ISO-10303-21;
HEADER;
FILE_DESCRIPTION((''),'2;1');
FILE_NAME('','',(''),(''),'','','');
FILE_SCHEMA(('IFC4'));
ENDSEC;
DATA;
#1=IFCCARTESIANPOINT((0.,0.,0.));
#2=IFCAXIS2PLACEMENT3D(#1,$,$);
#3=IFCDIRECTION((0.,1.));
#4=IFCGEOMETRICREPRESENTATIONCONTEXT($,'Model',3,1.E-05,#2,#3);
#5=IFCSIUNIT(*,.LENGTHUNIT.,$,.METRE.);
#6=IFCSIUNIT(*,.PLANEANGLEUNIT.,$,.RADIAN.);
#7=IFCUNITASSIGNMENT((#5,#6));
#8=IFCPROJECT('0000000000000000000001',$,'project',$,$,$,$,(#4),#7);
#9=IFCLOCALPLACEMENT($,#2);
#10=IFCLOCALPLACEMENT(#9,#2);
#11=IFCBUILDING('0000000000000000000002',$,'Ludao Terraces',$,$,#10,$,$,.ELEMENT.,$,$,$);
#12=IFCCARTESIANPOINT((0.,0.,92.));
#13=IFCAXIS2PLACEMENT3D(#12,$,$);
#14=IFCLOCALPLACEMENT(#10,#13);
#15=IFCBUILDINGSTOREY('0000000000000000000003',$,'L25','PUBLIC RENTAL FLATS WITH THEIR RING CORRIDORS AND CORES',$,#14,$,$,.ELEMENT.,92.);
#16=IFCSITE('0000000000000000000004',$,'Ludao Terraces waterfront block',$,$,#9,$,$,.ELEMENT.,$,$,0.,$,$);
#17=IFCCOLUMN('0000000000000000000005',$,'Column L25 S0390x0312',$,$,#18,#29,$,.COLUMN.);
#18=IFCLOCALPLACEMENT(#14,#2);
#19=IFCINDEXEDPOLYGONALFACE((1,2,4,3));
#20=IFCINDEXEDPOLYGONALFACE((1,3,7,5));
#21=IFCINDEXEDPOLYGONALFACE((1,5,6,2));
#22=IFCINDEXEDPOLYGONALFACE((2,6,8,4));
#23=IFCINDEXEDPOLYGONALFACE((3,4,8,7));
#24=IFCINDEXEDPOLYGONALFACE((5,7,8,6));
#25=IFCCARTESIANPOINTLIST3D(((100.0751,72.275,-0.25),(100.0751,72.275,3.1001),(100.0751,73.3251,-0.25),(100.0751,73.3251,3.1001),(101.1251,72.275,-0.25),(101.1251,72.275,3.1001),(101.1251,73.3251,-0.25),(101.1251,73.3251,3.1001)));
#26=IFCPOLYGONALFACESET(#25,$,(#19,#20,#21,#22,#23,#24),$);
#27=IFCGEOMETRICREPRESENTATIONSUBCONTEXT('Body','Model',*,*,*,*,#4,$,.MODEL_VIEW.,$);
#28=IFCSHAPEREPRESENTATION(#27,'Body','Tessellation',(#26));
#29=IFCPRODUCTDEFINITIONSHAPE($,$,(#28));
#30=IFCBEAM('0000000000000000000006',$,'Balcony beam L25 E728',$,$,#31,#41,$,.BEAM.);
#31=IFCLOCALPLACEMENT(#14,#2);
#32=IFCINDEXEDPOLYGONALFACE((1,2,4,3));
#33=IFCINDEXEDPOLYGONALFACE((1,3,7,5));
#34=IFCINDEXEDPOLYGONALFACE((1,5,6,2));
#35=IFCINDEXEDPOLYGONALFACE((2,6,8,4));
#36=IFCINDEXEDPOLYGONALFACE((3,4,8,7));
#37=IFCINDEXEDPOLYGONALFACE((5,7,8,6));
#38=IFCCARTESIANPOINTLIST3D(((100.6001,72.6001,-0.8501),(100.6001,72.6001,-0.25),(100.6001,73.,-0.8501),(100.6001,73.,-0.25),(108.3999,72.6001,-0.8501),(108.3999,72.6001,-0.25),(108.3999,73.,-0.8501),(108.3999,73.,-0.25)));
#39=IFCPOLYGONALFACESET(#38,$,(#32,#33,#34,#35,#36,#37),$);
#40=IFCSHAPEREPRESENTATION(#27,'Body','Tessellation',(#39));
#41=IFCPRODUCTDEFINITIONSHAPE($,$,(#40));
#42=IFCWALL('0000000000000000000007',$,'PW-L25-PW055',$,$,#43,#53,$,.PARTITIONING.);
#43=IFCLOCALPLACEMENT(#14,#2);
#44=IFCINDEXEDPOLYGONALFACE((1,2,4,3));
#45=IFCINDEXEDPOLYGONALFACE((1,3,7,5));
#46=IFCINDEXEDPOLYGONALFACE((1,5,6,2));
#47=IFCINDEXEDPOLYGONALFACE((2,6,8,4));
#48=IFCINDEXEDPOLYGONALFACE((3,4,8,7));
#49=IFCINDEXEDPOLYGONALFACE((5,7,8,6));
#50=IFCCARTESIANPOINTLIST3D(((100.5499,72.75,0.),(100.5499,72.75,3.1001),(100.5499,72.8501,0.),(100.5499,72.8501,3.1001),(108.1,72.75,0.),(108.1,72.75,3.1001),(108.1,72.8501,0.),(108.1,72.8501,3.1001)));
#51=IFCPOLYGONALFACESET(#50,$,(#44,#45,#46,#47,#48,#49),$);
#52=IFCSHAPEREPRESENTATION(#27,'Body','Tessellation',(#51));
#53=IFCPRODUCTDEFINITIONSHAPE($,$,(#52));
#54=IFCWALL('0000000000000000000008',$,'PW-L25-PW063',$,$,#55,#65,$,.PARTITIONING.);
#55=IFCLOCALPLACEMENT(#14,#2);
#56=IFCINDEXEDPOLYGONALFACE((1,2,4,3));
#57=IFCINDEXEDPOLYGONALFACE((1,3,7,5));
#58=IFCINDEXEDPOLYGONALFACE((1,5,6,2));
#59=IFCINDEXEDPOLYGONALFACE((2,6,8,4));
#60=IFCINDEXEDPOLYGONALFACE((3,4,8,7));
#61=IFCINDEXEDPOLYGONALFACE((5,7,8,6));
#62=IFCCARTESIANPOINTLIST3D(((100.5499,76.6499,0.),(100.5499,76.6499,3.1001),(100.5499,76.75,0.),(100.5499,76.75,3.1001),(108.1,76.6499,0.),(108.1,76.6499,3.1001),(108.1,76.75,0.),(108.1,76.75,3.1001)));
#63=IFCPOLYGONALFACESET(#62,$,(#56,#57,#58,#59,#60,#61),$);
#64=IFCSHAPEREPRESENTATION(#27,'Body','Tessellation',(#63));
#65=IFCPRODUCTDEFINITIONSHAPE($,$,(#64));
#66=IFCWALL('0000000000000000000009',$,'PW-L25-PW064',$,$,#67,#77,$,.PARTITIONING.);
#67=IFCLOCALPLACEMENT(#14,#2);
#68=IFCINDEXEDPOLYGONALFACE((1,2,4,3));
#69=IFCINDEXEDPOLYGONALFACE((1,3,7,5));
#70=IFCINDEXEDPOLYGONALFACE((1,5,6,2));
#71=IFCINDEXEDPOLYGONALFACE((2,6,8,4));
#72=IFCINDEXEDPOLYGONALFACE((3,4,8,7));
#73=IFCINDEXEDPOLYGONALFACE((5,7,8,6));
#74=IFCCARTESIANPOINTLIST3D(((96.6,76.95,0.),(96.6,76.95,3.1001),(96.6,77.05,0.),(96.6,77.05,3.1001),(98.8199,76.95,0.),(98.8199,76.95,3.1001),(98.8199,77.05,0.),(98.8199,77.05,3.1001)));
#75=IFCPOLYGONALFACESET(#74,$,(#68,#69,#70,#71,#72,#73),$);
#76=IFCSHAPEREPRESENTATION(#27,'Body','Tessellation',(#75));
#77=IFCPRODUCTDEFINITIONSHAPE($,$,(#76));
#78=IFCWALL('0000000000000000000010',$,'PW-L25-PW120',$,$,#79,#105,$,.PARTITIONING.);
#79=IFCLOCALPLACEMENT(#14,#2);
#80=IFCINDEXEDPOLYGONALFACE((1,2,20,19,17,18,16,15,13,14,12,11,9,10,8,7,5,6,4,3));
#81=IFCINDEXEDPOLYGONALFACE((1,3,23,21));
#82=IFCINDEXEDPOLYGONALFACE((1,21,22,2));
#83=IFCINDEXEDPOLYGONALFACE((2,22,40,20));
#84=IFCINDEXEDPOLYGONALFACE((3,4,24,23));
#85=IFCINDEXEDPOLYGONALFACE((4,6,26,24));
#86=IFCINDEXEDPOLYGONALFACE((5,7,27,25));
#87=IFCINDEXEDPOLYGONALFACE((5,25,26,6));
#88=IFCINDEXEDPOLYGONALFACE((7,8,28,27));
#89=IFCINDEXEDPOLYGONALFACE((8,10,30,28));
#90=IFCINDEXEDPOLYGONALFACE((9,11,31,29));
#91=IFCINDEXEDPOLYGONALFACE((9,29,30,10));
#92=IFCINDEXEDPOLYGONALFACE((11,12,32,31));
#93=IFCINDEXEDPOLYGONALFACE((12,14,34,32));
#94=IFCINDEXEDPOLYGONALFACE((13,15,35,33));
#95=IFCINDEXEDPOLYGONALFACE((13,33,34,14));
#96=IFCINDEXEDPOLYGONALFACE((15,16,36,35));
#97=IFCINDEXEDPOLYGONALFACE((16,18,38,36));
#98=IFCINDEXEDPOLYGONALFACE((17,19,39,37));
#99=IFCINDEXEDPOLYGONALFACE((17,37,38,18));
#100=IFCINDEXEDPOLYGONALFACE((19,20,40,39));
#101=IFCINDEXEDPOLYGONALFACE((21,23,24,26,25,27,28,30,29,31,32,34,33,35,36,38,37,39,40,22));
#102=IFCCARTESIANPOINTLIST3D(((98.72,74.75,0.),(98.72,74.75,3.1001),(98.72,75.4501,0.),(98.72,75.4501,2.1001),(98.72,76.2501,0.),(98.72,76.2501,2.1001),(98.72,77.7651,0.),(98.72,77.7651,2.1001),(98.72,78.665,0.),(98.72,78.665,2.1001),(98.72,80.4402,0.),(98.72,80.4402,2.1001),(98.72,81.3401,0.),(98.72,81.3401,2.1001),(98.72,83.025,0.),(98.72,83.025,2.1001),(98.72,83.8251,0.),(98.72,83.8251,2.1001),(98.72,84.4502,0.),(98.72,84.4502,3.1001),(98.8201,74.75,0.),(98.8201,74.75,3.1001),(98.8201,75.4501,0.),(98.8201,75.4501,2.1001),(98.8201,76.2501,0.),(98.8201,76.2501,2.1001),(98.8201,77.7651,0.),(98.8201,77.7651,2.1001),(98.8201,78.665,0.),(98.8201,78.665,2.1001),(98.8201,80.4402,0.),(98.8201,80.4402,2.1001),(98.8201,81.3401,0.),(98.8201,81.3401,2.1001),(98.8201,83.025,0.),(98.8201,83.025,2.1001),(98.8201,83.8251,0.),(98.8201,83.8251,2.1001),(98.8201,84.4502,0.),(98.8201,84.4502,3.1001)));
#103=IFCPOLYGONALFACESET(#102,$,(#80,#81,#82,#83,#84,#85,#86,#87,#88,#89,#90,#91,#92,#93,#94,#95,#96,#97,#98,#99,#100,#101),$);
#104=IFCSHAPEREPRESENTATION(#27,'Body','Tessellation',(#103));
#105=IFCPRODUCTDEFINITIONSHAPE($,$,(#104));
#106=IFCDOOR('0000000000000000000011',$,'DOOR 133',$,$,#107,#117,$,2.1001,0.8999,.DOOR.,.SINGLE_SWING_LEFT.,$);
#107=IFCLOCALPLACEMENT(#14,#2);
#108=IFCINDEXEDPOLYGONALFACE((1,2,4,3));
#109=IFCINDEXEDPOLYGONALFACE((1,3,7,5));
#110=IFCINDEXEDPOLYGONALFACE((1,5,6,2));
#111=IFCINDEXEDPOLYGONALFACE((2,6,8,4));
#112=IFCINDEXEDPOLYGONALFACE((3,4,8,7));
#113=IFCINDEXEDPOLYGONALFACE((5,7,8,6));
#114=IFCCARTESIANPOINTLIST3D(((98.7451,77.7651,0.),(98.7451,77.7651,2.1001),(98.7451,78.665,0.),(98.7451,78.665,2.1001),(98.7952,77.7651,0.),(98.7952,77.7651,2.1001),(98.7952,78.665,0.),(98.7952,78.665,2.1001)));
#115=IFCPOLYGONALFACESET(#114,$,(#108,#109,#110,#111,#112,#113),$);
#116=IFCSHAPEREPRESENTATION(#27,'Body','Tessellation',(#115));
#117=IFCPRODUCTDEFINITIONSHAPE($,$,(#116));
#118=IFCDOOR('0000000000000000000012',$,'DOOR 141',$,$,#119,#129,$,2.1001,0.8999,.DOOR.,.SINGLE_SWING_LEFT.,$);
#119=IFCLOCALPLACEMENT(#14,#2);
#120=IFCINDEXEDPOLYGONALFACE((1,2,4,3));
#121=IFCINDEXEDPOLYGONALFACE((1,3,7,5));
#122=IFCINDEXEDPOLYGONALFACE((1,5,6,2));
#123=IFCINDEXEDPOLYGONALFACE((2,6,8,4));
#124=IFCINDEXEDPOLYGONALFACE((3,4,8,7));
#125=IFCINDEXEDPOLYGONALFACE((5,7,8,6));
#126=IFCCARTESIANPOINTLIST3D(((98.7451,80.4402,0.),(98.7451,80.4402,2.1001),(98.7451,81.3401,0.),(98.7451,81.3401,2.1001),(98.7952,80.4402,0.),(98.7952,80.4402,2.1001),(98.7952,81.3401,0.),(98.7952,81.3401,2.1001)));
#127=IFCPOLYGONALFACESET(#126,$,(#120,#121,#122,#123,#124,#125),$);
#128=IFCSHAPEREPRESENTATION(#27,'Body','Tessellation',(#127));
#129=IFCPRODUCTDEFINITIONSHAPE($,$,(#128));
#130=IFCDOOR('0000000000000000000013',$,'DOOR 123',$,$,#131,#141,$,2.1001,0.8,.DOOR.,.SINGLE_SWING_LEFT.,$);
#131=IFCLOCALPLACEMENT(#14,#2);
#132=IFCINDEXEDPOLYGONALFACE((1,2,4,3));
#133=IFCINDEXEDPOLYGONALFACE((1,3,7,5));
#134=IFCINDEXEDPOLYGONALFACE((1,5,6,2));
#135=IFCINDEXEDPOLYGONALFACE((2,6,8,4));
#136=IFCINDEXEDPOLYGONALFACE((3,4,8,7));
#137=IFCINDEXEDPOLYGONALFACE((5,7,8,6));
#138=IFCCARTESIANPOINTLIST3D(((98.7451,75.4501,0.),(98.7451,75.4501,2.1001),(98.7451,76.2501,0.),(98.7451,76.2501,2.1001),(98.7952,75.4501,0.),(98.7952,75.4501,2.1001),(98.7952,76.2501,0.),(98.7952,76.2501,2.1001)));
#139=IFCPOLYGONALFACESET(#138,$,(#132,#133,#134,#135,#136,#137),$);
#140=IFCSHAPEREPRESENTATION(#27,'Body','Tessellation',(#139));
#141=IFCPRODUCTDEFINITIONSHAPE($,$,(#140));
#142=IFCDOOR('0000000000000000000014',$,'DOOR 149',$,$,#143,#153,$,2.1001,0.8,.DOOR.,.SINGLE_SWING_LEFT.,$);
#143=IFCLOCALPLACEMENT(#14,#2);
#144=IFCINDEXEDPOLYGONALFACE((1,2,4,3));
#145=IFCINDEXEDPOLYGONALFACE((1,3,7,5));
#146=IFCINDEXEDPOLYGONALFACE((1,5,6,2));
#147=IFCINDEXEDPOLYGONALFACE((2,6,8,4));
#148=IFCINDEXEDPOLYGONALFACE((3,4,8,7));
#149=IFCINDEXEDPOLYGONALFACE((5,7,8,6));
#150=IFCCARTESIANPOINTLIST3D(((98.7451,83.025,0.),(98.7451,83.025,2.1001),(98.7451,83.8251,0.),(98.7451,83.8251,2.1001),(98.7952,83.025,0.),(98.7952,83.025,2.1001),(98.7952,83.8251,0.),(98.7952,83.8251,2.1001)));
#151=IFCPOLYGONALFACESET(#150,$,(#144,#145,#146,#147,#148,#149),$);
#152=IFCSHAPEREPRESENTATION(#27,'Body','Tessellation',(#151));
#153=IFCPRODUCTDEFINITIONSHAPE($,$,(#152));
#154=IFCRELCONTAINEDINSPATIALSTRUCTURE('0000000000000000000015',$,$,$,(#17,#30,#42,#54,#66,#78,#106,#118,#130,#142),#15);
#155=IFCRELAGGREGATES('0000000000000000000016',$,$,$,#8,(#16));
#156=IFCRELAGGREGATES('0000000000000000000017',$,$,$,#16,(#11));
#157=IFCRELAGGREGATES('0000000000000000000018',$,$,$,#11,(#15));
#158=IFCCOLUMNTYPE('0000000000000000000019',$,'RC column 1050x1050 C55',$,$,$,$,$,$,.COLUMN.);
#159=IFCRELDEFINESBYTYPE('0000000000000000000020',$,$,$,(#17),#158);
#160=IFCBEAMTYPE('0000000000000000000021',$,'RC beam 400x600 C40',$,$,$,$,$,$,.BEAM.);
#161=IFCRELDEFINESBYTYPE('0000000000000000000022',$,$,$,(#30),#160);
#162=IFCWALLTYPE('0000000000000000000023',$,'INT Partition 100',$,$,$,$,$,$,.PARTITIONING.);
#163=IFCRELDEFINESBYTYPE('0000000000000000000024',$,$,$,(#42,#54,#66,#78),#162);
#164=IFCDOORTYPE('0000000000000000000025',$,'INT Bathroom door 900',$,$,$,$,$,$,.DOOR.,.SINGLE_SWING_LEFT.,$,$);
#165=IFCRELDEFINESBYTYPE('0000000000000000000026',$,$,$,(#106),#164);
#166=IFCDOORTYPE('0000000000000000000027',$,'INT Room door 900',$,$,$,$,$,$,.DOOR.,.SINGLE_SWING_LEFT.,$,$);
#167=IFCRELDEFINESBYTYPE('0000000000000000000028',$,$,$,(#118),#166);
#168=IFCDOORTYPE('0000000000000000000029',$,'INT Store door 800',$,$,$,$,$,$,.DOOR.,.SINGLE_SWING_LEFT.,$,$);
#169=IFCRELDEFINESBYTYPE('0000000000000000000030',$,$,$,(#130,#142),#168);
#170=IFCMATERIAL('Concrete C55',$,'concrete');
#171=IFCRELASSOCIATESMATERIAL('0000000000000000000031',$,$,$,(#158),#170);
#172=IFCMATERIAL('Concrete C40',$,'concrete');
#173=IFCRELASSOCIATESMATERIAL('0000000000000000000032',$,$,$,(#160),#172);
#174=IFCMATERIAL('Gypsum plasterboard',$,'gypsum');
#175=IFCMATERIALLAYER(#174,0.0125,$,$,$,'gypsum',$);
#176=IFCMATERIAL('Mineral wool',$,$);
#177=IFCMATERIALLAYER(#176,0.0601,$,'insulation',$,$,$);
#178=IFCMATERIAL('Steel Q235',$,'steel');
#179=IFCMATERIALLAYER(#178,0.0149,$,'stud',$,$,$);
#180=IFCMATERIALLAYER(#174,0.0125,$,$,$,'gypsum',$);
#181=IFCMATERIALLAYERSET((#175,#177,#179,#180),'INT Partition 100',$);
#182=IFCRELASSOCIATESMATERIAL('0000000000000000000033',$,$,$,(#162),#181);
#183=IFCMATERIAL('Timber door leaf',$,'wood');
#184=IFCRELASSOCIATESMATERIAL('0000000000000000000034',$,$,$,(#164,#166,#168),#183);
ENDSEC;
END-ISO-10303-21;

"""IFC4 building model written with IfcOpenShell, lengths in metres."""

from ifc_helpers import new_model, si_unit, direction, frame, frame_2d, origin, origin_2d, place, context, subcontext, project, spatial, rectangle, extrude, material, layer, layer_set, material_profile, profile_set, type_object, element, fill, save


model = new_model("IFC4")

# Units and contexts
model_context = context("Model", 3, precision=1e-05, world=origin(), true_north=direction((0.0, 1.0)))
body_context = subcontext(model_context, "Body", "Model", "MODEL_VIEW")
ifc_project = project(units=[si_unit("LENGTHUNIT", "METRE"), si_unit("PLANEANGLEUNIT", "RADIAN")], contexts=[model_context])

# Site, building, storey
site_placement = place(None, origin())
site = spatial("IfcSite", under=ifc_project, at=site_placement, Name="Ludao Terraces waterfront block", CompositionType="ELEMENT", RefElevation=0.0)
building_placement = place(site_placement, origin())
building = spatial("IfcBuilding", under=site, at=building_placement, Name="Ludao Terraces", CompositionType="ELEMENT")
storey_placement = place(building_placement, frame((0.0, 0.0, 92.0)))
storey = spatial("IfcBuildingStorey", under=building, at=storey_placement, Name="L25", Description="PUBLIC RENTAL FLATS WITH THEIR RING CORRIDORS AND CORES", CompositionType="ELEMENT", Elevation=92.0)

# Column
ifc_material_1 = material(Name="Concrete C55", Category="concrete")
ifc_material_profile_1 = material_profile(ifc_material_1, rectangle(XDim=1.05, YDim=1.05, at=origin_2d()), Name="1050 X 1050")
ifc_profile_set_1 = profile_set([ifc_material_profile_1], Name="Concrete C55")
column_type = type_object("IfcColumnType", Name="RC column 1050x1050 C55", PredefinedType="COLUMN", material=ifc_profile_set_1)
column_placement = place(storey_placement, frame((100.6001, 72.8, -0.25), z_axis=(0.0, 0.0, 1.0), x_axis=(1.0, 0.0, 0.0)))
element("IfcColumn", 1, at=column_placement, inside=storey, type_object=column_type, Name="Column L25 S0390x0312", PredefinedType="COLUMN", context=body_context, shape_type="SweptSolid", body=[
    extrude(rectangle(XDim=1.05, YDim=1.05, at=origin_2d()), origin(), (0.0, 0.0, 1.0), 3.3501),
])

# Beam
ifc_material_2 = material(Name="Concrete C40", Category="concrete")
ifc_material_profile_2 = material_profile(ifc_material_2, rectangle(XDim=0.3999, YDim=0.6001, at=origin_2d()), Name="400 X 600")
ifc_profile_set_2 = profile_set([ifc_material_profile_2], Name="Concrete C40")
beam_type = type_object("IfcBeamType", Name="RC beam 400x600 C40", PredefinedType="BEAM", material=ifc_profile_set_2)
beam_placement = place(storey_placement, frame((100.6001, 72.8, -0.55), z_axis=(1.0, 0.0, 0.0), x_axis=(0.0, 1.0, 0.0)))
element("IfcBeam", 2, at=beam_placement, inside=storey, type_object=beam_type, Name="Balcony beam L25 E728", PredefinedType="BEAM", context=body_context, shape_type="SweptSolid", body=[
    extrude(rectangle(XDim=0.3999, YDim=0.6001, at=origin_2d()), origin(), (0.0, 0.0, 1.0), 7.7998),
])

# Shared definitions
ifc_material_3 = material(Name="Mineral wool")

# Walls
ifc_material_4 = material(Name="Gypsum plasterboard", Category="gypsum")
ifc_layer_1 = layer(ifc_material_4, 0.0125, Category="gypsum")
ifc_layer_2 = layer(ifc_material_3, 0.0601, Name="insulation")
ifc_material_5 = material(Name="Steel Q235", Category="steel")
ifc_layer_3 = layer(ifc_material_5, 0.0149, Name="stud")
ifc_layer_4 = layer(ifc_material_4, 0.0125, Category="gypsum")
ifc_layer_set_1 = layer_set([ifc_layer_1, ifc_layer_2, ifc_layer_3, ifc_layer_4], Name="INT Partition 100")
wall_type_1 = type_object("IfcWallType", Name="INT Partition 100", PredefinedType="PARTITIONING", material=ifc_layer_set_1)
for number, where, z_axis, x_axis, name in (
    (3, (100.55, 72.8, 0.0), (0.0, 0.0, 1.0), (1.0, 0.0, 0.0), "PW-L25-PW055"),
    (4, (100.55, 76.7, 0.0), (0.0, 0.0, 1.0), (1.0, 0.0, 0.0), "PW-L25-PW063"),
):
    element("IfcWall", number, at=place(storey_placement, frame(where, z_axis=z_axis, x_axis=x_axis)), inside=storey, type_object=wall_type_1, Name=name, PredefinedType="PARTITIONING", context=body_context, shape_type="SweptSolid", body=[
        extrude(rectangle(XDim=7.55, YDim=0.1001, at=frame_2d((3.7749, 0.0))), origin(), (0.0, 0.0, 1.0), 3.1001),
    ])
wall_1_placement = place(storey_placement, frame((96.6001, 77.0, 0.0), z_axis=(0.0, 0.0, 1.0), x_axis=(1.0, 0.0, 0.0)))
element("IfcWall", 5, at=wall_1_placement, inside=storey, type_object=wall_type_1, Name="PW-L25-PW064", PredefinedType="PARTITIONING", context=body_context, shape_type="SweptSolid", body=[
    extrude(rectangle(XDim=2.22, YDim=0.1001, at=frame_2d((1.1099, 0.0))), origin(), (0.0, 0.0, 1.0), 3.1001),
])

# Wall, openings, doors
wall_2_placement = place(storey_placement, frame((98.77, 74.75, 0.0), z_axis=(0.0, 0.0, 1.0), x_axis=(0.0, 1.0, 0.0)))
wall_2 = element("IfcWall", 6, at=wall_2_placement, inside=storey, type_object=wall_type_1, Name="PW-L25-PW120", PredefinedType="PARTITIONING", context=body_context, shape_type="SweptSolid", body=[
    extrude(rectangle(XDim=9.7002, YDim=0.1001, at=frame_2d((4.8501, 0.0))), origin(), (0.0, 0.0, 1.0), 3.1001),
])
opening_1_placement = place(wall_2_placement, frame((0.7002, 0.0, 0.0)))
opening_1 = element("IfcOpeningElement", 7, at=opening_1_placement, cuts=wall_2, PredefinedType="OPENING", context=body_context, shape_type="SweptSolid", body=[
    extrude(rectangle(XDim=0.8, YDim=2.1001, at=frame_2d((0.3999, 1.05))), frame((0.0, 0.0601, 0.0), z_axis=(0.0, -1.0, 0.0), x_axis=(1.0, 0.0, 0.0)), (0.0, 0.0, 1.0), 0.1201),
])
opening_2_placement = place(wall_2_placement, frame((3.0151, 0.0, 0.0)))
opening_2 = element("IfcOpeningElement", 8, at=opening_2_placement, cuts=wall_2, PredefinedType="OPENING", context=body_context, shape_type="SweptSolid", body=[
    extrude(rectangle(XDim=0.8999, YDim=2.1001, at=frame_2d((0.45, 1.05))), frame((0.0, 0.0601, 0.0), z_axis=(0.0, -1.0, 0.0), x_axis=(1.0, 0.0, 0.0)), (0.0, 0.0, 1.0), 0.1201),
])
opening_3_placement = place(wall_2_placement, frame((5.6902, 0.0, 0.0)))
opening_3 = element("IfcOpeningElement", 9, at=opening_3_placement, cuts=wall_2, PredefinedType="OPENING", context=body_context, shape_type="SweptSolid", body=[
    extrude(rectangle(XDim=0.8999, YDim=2.1001, at=frame_2d((0.45, 1.05))), frame((0.0, 0.0601, 0.0), z_axis=(0.0, -1.0, 0.0), x_axis=(1.0, 0.0, 0.0)), (0.0, 0.0, 1.0), 0.1201),
])
opening_4_placement = place(wall_2_placement, frame((8.2751, 0.0, 0.0)))
opening_4 = element("IfcOpeningElement", 10, at=opening_4_placement, cuts=wall_2, PredefinedType="OPENING", context=body_context, shape_type="SweptSolid", body=[
    extrude(rectangle(XDim=0.8, YDim=2.1001, at=frame_2d((0.3999, 1.05))), frame((0.0, 0.0601, 0.0), z_axis=(0.0, -1.0, 0.0), x_axis=(1.0, 0.0, 0.0)), (0.0, 0.0, 1.0), 0.1201),
])
ifc_material_6 = material(Name="Timber door leaf", Category="wood")
door_type_1 = type_object("IfcDoorType", Name="INT Bathroom door 900", OperationType="SINGLE_SWING_LEFT", PredefinedType="DOOR", material=ifc_material_6)
door_1_placement = place(opening_2_placement, origin())
door_1 = element("IfcDoor", 11, at=door_1_placement, inside=storey, type_object=door_type_1, Name="DOOR 133", OperationType="SINGLE_SWING_LEFT", OverallHeight=2.1001, OverallWidth=0.8999, PredefinedType="DOOR", context=body_context, shape_type="SweptSolid", body=[
    extrude(rectangle(XDim=0.8999, YDim=2.1001, at=frame_2d((0.45, 1.05))), frame((0.0, 0.0249, 0.0), z_axis=(0.0, -1.0, 0.0), x_axis=(1.0, 0.0, 0.0)), (0.0, 0.0, 1.0), 0.05),
])
fill(opening_2, door_1)
door_type_2 = type_object("IfcDoorType", Name="INT Room door 900", OperationType="SINGLE_SWING_LEFT", PredefinedType="DOOR", material=ifc_material_6)
door_2_placement = place(opening_3_placement, origin())
door_2 = element("IfcDoor", 12, at=door_2_placement, inside=storey, type_object=door_type_2, Name="DOOR 141", OperationType="SINGLE_SWING_LEFT", OverallHeight=2.1001, OverallWidth=0.8999, PredefinedType="DOOR", context=body_context, shape_type="SweptSolid", body=[
    extrude(rectangle(XDim=0.8999, YDim=2.1001, at=frame_2d((0.45, 1.05))), frame((0.0, 0.0249, 0.0), z_axis=(0.0, -1.0, 0.0), x_axis=(1.0, 0.0, 0.0)), (0.0, 0.0, 1.0), 0.05),
])
fill(opening_3, door_2)
door_type_3 = type_object("IfcDoorType", Name="INT Store door 800", OperationType="SINGLE_SWING_LEFT", PredefinedType="DOOR", material=ifc_material_6)
door_3_placement = place(opening_1_placement, origin())
door_3 = element("IfcDoor", 13, at=door_3_placement, inside=storey, type_object=door_type_3, Name="DOOR 123", OperationType="SINGLE_SWING_LEFT", OverallHeight=2.1001, OverallWidth=0.8, PredefinedType="DOOR", context=body_context, shape_type="SweptSolid", body=[
    extrude(rectangle(XDim=0.8, YDim=2.1001, at=frame_2d((0.3999, 1.05))), frame((0.0, 0.0249, 0.0), z_axis=(0.0, -1.0, 0.0), x_axis=(1.0, 0.0, 0.0)), (0.0, 0.0, 1.0), 0.05),
])
fill(opening_1, door_3)
door_4_placement = place(opening_4_placement, origin())
door_4 = element("IfcDoor", 14, at=door_4_placement, inside=storey, type_object=door_type_3, Name="DOOR 149", OperationType="SINGLE_SWING_LEFT", OverallHeight=2.1001, OverallWidth=0.8, PredefinedType="DOOR", context=body_context, shape_type="SweptSolid", body=[
    extrude(rectangle(XDim=0.8, YDim=2.1001, at=frame_2d((0.3999, 1.05))), frame((0.0, 0.0249, 0.0), z_axis=(0.0, -1.0, 0.0), x_axis=(1.0, 0.0, 0.0)), (0.0, 0.0, 1.0), 0.05),
])
fill(opening_4, door_4)

save(model, "model.ifc")
